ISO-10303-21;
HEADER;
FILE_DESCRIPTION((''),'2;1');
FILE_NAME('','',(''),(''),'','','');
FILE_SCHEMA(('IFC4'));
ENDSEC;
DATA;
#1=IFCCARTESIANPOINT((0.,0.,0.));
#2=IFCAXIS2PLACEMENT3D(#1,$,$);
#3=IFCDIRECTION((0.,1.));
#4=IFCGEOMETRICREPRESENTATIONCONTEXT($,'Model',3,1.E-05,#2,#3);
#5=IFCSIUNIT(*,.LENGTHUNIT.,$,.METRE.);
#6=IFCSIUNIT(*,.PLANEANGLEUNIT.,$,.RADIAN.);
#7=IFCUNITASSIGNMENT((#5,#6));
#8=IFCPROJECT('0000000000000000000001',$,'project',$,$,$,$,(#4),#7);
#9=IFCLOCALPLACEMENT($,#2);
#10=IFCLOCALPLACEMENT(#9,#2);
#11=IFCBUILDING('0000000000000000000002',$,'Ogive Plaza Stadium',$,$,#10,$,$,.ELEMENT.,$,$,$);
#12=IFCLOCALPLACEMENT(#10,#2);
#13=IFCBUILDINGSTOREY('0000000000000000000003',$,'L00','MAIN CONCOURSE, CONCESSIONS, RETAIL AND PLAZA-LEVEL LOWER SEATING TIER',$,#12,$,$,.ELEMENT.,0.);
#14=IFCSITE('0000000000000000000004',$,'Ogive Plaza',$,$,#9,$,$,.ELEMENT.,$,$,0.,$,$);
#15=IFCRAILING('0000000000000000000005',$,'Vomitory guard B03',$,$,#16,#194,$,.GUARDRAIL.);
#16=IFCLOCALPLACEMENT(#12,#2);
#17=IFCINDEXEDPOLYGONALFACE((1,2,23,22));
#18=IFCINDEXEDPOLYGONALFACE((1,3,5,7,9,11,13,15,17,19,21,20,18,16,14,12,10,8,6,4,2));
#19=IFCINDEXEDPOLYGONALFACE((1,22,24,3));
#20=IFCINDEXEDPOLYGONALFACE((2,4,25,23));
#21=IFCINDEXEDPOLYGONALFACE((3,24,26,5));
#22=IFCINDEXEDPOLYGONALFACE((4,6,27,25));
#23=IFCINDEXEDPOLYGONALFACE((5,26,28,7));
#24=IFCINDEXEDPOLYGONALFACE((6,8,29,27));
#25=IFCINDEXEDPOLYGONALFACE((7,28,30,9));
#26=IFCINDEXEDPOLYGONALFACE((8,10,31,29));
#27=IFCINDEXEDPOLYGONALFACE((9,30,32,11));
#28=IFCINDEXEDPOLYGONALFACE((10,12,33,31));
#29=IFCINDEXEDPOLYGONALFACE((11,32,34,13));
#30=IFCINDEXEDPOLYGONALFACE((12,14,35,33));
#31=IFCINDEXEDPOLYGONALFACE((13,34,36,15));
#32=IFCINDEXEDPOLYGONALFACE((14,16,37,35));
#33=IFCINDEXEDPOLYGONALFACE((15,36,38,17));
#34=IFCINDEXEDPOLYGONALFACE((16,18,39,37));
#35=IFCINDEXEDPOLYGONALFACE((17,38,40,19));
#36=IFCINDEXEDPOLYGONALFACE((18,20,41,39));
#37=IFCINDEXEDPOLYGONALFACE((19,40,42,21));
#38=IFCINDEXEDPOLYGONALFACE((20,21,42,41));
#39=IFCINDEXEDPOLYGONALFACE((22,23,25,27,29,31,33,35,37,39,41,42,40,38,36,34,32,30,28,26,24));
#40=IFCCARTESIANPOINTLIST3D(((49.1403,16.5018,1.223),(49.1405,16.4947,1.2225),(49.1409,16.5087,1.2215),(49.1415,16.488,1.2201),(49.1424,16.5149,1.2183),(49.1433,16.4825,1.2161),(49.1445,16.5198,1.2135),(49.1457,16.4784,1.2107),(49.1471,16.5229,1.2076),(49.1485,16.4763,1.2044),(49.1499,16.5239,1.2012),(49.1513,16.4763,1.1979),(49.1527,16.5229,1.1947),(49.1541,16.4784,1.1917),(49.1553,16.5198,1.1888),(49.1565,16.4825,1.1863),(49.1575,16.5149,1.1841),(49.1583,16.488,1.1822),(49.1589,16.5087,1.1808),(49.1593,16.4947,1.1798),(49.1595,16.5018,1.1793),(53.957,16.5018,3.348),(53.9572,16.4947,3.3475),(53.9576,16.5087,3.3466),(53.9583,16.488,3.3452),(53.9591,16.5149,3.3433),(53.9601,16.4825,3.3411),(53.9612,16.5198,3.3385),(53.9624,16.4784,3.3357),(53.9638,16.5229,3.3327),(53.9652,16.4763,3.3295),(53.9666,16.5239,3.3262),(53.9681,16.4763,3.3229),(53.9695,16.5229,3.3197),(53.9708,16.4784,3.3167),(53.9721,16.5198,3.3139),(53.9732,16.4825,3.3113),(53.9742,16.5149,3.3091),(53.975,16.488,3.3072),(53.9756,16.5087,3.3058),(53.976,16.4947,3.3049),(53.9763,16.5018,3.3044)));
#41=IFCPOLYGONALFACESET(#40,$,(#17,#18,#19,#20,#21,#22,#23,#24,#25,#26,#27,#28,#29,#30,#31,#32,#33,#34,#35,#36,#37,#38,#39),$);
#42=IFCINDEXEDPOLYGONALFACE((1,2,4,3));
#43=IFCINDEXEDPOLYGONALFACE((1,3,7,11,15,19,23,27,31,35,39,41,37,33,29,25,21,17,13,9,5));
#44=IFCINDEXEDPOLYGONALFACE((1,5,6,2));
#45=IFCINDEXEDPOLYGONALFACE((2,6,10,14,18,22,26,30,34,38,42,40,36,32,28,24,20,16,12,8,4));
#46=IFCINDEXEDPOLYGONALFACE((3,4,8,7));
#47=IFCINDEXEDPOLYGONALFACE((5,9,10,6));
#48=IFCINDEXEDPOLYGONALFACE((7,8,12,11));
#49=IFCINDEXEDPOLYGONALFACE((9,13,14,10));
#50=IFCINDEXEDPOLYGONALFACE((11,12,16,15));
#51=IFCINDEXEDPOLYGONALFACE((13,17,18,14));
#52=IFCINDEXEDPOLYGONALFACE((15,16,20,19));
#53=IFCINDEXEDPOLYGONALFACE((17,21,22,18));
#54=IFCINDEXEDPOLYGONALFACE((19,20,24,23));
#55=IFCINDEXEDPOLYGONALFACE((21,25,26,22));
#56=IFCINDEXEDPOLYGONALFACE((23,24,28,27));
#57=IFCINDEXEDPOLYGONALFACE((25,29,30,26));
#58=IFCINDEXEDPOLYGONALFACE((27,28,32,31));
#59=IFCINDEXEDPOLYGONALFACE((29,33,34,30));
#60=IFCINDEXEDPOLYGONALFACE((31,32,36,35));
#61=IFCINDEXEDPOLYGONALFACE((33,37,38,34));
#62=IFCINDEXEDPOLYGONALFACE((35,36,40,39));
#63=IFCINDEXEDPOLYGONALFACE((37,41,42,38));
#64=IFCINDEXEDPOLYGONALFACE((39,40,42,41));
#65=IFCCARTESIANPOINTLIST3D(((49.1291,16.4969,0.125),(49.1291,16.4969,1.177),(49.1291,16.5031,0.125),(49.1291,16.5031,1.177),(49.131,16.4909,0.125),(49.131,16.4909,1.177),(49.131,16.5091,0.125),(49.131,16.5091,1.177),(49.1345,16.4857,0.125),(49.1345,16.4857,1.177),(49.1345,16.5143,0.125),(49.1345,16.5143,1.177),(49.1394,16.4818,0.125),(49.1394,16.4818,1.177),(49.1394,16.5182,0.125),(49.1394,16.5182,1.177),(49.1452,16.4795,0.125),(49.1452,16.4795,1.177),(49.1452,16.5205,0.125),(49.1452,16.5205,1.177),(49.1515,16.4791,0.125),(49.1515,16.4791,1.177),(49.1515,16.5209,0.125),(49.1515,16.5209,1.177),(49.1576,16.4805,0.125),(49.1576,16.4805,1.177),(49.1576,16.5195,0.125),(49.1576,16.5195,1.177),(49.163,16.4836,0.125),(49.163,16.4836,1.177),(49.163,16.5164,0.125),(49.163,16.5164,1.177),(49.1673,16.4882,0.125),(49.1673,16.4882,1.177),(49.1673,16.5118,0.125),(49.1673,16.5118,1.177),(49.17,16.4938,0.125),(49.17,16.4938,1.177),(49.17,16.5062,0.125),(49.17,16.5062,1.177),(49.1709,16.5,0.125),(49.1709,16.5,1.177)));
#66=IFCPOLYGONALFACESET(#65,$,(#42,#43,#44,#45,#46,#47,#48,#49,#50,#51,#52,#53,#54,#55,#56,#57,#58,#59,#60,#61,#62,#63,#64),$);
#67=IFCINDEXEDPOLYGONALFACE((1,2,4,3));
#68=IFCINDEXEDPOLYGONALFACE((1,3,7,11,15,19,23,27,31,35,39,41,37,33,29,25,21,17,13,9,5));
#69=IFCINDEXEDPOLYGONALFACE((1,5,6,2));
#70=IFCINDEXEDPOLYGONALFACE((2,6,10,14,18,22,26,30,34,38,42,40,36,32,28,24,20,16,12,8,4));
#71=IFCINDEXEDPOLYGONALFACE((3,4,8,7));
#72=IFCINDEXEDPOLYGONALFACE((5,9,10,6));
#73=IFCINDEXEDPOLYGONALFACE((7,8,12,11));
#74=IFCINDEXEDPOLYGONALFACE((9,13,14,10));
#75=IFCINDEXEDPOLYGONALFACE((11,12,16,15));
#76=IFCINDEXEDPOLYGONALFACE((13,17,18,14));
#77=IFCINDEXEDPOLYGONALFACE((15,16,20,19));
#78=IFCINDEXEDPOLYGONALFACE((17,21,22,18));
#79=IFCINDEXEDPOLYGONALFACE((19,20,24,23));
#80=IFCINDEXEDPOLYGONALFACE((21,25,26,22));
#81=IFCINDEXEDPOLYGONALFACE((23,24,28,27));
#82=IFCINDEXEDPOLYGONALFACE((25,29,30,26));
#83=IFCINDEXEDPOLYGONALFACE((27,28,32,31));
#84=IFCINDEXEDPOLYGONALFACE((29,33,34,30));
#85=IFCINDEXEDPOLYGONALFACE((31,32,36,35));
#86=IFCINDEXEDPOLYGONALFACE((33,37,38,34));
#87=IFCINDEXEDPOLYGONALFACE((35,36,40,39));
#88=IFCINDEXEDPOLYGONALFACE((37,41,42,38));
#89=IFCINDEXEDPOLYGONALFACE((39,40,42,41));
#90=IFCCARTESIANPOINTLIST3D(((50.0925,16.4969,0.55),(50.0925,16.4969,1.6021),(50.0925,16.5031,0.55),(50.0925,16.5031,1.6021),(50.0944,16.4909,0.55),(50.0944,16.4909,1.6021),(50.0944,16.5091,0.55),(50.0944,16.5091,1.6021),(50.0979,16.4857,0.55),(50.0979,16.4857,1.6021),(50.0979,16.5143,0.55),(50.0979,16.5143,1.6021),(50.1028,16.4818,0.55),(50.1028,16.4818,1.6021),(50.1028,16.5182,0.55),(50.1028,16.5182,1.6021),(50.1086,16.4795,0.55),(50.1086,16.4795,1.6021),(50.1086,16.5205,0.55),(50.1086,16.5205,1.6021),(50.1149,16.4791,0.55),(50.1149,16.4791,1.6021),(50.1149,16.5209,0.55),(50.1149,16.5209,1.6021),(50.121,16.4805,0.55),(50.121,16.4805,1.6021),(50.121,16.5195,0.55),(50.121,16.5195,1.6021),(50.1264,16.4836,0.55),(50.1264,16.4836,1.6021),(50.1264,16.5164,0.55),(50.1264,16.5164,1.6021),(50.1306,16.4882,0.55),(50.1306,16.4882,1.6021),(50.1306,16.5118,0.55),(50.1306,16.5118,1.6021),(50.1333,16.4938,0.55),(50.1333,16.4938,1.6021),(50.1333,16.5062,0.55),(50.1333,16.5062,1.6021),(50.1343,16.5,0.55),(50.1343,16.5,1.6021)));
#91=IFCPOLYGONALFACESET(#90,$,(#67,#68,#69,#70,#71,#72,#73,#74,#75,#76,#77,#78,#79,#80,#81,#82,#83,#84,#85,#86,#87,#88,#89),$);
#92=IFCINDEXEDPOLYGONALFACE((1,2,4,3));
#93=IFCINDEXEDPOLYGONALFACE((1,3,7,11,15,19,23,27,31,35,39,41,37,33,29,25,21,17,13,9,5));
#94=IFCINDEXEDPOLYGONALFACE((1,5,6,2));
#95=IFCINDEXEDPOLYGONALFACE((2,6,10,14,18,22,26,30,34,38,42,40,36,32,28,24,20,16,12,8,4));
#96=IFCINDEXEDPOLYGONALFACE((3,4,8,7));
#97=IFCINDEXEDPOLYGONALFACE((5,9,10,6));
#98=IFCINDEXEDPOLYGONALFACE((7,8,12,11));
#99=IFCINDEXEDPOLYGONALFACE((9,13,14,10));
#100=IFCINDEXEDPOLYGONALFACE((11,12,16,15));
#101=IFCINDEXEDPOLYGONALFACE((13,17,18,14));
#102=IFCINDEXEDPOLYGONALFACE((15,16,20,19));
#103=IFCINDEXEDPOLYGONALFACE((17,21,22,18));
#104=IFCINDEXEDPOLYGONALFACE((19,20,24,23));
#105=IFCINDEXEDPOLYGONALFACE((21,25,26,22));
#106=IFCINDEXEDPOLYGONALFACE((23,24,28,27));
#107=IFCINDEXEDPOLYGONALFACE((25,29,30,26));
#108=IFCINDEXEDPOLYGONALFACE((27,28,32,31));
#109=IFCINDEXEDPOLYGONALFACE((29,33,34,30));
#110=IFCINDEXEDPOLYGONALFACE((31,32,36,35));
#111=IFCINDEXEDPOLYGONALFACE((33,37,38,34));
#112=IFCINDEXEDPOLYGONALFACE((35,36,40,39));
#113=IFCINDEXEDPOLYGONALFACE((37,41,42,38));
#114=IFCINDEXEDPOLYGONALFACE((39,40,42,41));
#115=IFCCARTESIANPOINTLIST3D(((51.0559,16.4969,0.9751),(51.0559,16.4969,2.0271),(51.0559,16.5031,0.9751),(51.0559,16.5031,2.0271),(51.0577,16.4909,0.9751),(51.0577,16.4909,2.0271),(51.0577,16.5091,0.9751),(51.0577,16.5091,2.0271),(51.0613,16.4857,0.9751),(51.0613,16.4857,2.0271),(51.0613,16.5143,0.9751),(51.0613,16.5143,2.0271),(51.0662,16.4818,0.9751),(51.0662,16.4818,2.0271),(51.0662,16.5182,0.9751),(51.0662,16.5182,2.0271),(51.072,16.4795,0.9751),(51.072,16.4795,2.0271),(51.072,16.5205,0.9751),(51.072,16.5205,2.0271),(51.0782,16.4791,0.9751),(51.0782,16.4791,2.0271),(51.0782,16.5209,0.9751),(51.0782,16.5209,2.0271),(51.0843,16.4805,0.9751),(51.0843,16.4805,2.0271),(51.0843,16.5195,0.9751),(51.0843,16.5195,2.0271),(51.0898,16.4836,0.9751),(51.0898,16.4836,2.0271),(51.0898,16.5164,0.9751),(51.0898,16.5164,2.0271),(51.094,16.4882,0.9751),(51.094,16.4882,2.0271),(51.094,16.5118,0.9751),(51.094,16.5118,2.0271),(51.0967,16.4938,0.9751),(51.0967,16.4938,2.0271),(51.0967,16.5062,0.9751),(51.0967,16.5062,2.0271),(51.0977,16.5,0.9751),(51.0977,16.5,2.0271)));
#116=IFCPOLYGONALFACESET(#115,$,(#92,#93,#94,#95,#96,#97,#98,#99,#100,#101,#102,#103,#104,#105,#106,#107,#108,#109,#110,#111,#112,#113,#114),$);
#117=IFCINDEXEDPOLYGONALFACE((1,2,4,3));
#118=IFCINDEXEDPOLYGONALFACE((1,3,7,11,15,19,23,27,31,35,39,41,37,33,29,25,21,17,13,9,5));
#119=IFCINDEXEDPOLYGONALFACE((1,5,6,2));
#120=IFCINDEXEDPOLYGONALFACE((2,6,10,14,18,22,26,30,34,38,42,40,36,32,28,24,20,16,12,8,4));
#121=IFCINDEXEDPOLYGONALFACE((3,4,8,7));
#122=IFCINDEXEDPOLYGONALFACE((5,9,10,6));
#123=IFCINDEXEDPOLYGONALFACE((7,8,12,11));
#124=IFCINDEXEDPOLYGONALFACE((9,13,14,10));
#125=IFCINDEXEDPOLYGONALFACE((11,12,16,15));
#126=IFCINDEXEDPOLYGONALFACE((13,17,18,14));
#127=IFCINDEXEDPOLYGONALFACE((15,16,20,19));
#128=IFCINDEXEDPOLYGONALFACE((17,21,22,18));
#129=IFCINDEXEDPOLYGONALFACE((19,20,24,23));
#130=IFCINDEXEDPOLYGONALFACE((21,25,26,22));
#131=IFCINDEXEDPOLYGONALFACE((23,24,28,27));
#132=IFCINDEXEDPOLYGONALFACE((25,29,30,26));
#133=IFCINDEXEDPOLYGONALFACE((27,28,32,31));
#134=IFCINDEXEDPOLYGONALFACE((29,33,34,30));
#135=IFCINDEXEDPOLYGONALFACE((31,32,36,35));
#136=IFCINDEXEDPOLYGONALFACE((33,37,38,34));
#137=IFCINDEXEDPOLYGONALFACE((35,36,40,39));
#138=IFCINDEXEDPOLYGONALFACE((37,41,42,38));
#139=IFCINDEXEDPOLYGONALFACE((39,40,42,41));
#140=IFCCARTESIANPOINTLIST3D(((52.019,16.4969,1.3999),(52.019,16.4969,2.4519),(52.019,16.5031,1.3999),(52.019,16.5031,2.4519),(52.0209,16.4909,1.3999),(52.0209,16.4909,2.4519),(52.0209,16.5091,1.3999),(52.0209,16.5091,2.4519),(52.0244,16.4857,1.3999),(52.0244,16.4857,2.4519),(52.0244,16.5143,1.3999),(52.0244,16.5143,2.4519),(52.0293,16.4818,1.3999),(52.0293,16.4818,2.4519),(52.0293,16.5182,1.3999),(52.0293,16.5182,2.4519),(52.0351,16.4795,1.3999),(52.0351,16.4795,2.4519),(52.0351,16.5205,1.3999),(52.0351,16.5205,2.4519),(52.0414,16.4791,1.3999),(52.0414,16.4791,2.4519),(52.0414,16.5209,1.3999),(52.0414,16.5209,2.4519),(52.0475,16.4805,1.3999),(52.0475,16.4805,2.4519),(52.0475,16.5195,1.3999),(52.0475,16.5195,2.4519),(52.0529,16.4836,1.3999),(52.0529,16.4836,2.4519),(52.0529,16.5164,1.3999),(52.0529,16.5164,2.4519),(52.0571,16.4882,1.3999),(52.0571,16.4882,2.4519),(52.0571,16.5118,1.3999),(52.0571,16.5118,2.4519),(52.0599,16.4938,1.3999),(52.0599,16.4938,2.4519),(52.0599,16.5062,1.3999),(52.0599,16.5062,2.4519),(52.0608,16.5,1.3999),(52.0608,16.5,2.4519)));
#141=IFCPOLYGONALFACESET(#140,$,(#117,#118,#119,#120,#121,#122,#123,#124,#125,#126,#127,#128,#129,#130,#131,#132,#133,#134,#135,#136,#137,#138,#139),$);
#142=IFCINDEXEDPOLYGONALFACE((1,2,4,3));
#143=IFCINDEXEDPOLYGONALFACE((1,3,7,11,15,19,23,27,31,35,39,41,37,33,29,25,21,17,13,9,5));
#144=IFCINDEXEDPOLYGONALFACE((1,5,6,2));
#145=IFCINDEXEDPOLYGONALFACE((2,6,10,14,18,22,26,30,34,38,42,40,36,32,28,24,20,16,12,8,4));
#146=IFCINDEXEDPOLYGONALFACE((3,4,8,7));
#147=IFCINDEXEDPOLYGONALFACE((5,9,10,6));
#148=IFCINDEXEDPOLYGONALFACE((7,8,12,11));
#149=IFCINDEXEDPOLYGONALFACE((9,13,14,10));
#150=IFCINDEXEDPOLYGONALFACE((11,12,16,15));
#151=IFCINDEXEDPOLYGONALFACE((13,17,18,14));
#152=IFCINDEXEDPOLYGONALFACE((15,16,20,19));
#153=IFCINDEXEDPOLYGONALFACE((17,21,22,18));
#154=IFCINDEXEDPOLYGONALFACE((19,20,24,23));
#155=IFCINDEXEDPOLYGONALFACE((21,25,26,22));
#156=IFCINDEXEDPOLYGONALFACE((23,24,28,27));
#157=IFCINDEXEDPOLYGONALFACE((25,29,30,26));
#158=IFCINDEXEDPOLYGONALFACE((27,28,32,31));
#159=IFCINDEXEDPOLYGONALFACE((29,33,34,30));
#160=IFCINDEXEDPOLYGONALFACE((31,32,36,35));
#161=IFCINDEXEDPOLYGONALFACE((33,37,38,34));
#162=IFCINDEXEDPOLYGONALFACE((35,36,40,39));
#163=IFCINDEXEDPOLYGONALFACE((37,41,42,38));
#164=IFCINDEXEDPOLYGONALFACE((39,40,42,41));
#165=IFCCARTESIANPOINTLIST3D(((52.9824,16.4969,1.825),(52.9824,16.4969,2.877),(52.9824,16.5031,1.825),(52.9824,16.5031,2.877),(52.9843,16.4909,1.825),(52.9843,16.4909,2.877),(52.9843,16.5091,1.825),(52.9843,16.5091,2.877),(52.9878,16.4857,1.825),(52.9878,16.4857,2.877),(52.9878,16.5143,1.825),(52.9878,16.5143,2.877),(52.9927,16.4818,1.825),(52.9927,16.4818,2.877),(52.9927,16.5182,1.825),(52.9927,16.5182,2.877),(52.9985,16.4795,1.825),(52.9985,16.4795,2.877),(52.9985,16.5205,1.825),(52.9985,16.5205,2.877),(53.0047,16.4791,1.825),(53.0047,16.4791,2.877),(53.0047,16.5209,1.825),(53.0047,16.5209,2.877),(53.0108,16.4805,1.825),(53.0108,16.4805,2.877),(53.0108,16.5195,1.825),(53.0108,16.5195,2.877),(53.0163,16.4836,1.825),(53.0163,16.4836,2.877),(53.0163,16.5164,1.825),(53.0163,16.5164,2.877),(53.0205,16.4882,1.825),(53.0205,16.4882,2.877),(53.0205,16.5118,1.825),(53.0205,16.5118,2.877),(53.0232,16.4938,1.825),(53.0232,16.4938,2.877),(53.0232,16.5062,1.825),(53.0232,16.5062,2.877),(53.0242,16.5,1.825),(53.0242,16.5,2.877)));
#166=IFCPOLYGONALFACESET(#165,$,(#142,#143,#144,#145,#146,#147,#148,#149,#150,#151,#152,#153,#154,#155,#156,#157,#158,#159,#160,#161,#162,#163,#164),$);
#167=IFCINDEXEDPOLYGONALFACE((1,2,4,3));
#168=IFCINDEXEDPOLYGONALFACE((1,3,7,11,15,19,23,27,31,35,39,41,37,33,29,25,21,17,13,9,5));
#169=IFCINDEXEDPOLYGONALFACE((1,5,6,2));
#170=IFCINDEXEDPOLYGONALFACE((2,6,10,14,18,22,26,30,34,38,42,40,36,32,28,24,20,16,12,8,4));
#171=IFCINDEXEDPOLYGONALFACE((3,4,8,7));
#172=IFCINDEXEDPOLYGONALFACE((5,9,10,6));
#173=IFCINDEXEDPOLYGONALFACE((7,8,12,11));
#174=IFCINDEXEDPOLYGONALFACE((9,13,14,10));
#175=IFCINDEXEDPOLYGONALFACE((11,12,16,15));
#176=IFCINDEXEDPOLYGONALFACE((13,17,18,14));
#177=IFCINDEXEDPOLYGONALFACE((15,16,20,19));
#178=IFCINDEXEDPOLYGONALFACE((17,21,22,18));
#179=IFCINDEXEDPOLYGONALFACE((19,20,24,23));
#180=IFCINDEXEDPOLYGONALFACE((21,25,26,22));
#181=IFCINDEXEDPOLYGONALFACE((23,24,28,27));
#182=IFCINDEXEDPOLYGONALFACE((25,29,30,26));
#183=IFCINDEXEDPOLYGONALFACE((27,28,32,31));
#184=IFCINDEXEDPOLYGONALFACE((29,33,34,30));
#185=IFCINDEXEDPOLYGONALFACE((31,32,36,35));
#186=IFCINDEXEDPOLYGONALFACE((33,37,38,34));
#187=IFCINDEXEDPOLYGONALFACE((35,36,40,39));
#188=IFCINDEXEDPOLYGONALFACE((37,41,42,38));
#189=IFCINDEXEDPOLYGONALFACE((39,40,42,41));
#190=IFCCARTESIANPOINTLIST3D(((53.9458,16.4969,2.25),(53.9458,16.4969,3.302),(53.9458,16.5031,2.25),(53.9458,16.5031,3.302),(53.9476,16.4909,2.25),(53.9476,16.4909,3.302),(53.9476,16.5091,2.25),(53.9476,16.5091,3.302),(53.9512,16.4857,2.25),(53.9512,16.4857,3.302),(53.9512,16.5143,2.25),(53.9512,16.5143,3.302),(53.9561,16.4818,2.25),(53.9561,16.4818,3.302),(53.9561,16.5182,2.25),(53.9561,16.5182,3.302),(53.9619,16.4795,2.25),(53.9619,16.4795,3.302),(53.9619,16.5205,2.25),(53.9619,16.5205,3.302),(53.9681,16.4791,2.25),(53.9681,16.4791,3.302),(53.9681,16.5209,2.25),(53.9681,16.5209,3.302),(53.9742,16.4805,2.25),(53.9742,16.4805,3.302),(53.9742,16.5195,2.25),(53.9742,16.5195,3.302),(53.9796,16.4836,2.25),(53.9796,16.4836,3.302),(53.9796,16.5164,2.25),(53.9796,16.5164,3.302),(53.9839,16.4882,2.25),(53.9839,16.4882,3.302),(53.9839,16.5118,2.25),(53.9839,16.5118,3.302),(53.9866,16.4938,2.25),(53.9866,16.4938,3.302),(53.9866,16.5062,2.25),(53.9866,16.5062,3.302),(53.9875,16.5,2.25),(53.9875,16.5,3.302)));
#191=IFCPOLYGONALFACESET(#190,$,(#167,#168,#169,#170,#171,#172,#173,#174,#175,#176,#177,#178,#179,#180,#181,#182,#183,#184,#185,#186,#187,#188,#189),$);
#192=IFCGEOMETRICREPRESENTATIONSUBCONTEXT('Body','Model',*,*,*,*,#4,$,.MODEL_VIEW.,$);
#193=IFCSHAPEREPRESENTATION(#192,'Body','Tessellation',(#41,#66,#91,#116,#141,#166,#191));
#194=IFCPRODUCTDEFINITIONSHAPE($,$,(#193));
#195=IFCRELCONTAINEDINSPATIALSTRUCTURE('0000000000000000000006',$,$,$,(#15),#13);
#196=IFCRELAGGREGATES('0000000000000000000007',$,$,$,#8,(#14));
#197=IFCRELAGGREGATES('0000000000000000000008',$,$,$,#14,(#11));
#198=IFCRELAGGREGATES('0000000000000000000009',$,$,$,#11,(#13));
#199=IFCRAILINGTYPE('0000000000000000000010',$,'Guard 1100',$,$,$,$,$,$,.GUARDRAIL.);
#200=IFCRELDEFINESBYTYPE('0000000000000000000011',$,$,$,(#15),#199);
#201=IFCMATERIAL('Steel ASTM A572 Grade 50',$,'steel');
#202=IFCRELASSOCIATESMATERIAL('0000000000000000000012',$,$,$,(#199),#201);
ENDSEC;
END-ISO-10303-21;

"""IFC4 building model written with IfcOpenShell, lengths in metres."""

from ifc_helpers import new_model, si_unit, direction, frame, origin, origin_2d, place, context, subcontext, project, spatial, circle, extrude, material, type_object, element, save


model = new_model("IFC4")

# Units and contexts
model_context = context("Model", 3, precision=1e-05, world=origin(), true_north=direction((0.0, 1.0)))
body_context = subcontext(model_context, "Body", "Model", "MODEL_VIEW")
ifc_project = project(units=[si_unit("LENGTHUNIT", "METRE"), si_unit("PLANEANGLEUNIT", "RADIAN")], contexts=[model_context])

# Site, building, storey
site_placement = place(None, origin())
site = spatial("IfcSite", under=ifc_project, at=site_placement, Name="Ogive Plaza", CompositionType="ELEMENT", RefElevation=0.0)
building_placement = place(site_placement, origin())
building = spatial("IfcBuilding", under=site, at=building_placement, Name="Ogive Plaza Stadium", CompositionType="ELEMENT")
storey_placement = place(building_placement, origin())
storey = spatial("IfcBuildingStorey", under=building, at=storey_placement, Name="L00", Description="MAIN CONCOURSE, CONCESSIONS, RETAIL AND PLAZA-LEVEL LOWER SEATING TIER", CompositionType="ELEMENT", Elevation=0.0)

# Railing
ifc_material_1 = material(Name="Steel ASTM A572 Grade 50", Category="steel")
railing_type = type_object("IfcRailingType", Name="Guard 1100", PredefinedType="GUARDRAIL", material=ifc_material_1)
for number, where, name in (
    (1, (49.1499, 16.5, 0.125), "Vomitory guard B03"),
):
    element("IfcRailing", number, at=place(storey_placement, frame(where)), inside=storey, type_object=railing_type, Name=name, PredefinedType="GUARDRAIL", context=body_context, shape_type="SweptSolid", body=[
        extrude(circle(Radius=0.0239, at=origin_2d()), frame((0.0, 0.0, 1.0762), z_axis=(0.914917, 0.0, 0.403641), x_axis=(0.0, 1.0, 0.0)), (0.0, 0.0, 1.0), 5.2646),
        extrude(circle(Radius=0.021, at=origin_2d()), origin(), (0.0, 0.0, 1.0), 1.052),
        extrude(circle(Radius=0.021, at=origin_2d()), frame((0.9634, 0.0, 0.425)), (0.0, 0.0, 1.0), 1.052),
        extrude(circle(Radius=0.021, at=origin_2d()), frame((1.9268, 0.0, 0.8501)), (0.0, 0.0, 1.0), 1.052),
        extrude(circle(Radius=0.021, at=origin_2d()), frame((2.8899, 0.0, 1.2749)), (0.0, 0.0, 1.0), 1.052),
        extrude(circle(Radius=0.021, at=origin_2d()), frame((3.8533, 0.0, 1.7)), (0.0, 0.0, 1.0), 1.052),
        extrude(circle(Radius=0.021, at=origin_2d()), frame((4.8167, 0.0, 2.125)), (0.0, 0.0, 1.0), 1.052),
    ])

save(model, "model.ifc")
